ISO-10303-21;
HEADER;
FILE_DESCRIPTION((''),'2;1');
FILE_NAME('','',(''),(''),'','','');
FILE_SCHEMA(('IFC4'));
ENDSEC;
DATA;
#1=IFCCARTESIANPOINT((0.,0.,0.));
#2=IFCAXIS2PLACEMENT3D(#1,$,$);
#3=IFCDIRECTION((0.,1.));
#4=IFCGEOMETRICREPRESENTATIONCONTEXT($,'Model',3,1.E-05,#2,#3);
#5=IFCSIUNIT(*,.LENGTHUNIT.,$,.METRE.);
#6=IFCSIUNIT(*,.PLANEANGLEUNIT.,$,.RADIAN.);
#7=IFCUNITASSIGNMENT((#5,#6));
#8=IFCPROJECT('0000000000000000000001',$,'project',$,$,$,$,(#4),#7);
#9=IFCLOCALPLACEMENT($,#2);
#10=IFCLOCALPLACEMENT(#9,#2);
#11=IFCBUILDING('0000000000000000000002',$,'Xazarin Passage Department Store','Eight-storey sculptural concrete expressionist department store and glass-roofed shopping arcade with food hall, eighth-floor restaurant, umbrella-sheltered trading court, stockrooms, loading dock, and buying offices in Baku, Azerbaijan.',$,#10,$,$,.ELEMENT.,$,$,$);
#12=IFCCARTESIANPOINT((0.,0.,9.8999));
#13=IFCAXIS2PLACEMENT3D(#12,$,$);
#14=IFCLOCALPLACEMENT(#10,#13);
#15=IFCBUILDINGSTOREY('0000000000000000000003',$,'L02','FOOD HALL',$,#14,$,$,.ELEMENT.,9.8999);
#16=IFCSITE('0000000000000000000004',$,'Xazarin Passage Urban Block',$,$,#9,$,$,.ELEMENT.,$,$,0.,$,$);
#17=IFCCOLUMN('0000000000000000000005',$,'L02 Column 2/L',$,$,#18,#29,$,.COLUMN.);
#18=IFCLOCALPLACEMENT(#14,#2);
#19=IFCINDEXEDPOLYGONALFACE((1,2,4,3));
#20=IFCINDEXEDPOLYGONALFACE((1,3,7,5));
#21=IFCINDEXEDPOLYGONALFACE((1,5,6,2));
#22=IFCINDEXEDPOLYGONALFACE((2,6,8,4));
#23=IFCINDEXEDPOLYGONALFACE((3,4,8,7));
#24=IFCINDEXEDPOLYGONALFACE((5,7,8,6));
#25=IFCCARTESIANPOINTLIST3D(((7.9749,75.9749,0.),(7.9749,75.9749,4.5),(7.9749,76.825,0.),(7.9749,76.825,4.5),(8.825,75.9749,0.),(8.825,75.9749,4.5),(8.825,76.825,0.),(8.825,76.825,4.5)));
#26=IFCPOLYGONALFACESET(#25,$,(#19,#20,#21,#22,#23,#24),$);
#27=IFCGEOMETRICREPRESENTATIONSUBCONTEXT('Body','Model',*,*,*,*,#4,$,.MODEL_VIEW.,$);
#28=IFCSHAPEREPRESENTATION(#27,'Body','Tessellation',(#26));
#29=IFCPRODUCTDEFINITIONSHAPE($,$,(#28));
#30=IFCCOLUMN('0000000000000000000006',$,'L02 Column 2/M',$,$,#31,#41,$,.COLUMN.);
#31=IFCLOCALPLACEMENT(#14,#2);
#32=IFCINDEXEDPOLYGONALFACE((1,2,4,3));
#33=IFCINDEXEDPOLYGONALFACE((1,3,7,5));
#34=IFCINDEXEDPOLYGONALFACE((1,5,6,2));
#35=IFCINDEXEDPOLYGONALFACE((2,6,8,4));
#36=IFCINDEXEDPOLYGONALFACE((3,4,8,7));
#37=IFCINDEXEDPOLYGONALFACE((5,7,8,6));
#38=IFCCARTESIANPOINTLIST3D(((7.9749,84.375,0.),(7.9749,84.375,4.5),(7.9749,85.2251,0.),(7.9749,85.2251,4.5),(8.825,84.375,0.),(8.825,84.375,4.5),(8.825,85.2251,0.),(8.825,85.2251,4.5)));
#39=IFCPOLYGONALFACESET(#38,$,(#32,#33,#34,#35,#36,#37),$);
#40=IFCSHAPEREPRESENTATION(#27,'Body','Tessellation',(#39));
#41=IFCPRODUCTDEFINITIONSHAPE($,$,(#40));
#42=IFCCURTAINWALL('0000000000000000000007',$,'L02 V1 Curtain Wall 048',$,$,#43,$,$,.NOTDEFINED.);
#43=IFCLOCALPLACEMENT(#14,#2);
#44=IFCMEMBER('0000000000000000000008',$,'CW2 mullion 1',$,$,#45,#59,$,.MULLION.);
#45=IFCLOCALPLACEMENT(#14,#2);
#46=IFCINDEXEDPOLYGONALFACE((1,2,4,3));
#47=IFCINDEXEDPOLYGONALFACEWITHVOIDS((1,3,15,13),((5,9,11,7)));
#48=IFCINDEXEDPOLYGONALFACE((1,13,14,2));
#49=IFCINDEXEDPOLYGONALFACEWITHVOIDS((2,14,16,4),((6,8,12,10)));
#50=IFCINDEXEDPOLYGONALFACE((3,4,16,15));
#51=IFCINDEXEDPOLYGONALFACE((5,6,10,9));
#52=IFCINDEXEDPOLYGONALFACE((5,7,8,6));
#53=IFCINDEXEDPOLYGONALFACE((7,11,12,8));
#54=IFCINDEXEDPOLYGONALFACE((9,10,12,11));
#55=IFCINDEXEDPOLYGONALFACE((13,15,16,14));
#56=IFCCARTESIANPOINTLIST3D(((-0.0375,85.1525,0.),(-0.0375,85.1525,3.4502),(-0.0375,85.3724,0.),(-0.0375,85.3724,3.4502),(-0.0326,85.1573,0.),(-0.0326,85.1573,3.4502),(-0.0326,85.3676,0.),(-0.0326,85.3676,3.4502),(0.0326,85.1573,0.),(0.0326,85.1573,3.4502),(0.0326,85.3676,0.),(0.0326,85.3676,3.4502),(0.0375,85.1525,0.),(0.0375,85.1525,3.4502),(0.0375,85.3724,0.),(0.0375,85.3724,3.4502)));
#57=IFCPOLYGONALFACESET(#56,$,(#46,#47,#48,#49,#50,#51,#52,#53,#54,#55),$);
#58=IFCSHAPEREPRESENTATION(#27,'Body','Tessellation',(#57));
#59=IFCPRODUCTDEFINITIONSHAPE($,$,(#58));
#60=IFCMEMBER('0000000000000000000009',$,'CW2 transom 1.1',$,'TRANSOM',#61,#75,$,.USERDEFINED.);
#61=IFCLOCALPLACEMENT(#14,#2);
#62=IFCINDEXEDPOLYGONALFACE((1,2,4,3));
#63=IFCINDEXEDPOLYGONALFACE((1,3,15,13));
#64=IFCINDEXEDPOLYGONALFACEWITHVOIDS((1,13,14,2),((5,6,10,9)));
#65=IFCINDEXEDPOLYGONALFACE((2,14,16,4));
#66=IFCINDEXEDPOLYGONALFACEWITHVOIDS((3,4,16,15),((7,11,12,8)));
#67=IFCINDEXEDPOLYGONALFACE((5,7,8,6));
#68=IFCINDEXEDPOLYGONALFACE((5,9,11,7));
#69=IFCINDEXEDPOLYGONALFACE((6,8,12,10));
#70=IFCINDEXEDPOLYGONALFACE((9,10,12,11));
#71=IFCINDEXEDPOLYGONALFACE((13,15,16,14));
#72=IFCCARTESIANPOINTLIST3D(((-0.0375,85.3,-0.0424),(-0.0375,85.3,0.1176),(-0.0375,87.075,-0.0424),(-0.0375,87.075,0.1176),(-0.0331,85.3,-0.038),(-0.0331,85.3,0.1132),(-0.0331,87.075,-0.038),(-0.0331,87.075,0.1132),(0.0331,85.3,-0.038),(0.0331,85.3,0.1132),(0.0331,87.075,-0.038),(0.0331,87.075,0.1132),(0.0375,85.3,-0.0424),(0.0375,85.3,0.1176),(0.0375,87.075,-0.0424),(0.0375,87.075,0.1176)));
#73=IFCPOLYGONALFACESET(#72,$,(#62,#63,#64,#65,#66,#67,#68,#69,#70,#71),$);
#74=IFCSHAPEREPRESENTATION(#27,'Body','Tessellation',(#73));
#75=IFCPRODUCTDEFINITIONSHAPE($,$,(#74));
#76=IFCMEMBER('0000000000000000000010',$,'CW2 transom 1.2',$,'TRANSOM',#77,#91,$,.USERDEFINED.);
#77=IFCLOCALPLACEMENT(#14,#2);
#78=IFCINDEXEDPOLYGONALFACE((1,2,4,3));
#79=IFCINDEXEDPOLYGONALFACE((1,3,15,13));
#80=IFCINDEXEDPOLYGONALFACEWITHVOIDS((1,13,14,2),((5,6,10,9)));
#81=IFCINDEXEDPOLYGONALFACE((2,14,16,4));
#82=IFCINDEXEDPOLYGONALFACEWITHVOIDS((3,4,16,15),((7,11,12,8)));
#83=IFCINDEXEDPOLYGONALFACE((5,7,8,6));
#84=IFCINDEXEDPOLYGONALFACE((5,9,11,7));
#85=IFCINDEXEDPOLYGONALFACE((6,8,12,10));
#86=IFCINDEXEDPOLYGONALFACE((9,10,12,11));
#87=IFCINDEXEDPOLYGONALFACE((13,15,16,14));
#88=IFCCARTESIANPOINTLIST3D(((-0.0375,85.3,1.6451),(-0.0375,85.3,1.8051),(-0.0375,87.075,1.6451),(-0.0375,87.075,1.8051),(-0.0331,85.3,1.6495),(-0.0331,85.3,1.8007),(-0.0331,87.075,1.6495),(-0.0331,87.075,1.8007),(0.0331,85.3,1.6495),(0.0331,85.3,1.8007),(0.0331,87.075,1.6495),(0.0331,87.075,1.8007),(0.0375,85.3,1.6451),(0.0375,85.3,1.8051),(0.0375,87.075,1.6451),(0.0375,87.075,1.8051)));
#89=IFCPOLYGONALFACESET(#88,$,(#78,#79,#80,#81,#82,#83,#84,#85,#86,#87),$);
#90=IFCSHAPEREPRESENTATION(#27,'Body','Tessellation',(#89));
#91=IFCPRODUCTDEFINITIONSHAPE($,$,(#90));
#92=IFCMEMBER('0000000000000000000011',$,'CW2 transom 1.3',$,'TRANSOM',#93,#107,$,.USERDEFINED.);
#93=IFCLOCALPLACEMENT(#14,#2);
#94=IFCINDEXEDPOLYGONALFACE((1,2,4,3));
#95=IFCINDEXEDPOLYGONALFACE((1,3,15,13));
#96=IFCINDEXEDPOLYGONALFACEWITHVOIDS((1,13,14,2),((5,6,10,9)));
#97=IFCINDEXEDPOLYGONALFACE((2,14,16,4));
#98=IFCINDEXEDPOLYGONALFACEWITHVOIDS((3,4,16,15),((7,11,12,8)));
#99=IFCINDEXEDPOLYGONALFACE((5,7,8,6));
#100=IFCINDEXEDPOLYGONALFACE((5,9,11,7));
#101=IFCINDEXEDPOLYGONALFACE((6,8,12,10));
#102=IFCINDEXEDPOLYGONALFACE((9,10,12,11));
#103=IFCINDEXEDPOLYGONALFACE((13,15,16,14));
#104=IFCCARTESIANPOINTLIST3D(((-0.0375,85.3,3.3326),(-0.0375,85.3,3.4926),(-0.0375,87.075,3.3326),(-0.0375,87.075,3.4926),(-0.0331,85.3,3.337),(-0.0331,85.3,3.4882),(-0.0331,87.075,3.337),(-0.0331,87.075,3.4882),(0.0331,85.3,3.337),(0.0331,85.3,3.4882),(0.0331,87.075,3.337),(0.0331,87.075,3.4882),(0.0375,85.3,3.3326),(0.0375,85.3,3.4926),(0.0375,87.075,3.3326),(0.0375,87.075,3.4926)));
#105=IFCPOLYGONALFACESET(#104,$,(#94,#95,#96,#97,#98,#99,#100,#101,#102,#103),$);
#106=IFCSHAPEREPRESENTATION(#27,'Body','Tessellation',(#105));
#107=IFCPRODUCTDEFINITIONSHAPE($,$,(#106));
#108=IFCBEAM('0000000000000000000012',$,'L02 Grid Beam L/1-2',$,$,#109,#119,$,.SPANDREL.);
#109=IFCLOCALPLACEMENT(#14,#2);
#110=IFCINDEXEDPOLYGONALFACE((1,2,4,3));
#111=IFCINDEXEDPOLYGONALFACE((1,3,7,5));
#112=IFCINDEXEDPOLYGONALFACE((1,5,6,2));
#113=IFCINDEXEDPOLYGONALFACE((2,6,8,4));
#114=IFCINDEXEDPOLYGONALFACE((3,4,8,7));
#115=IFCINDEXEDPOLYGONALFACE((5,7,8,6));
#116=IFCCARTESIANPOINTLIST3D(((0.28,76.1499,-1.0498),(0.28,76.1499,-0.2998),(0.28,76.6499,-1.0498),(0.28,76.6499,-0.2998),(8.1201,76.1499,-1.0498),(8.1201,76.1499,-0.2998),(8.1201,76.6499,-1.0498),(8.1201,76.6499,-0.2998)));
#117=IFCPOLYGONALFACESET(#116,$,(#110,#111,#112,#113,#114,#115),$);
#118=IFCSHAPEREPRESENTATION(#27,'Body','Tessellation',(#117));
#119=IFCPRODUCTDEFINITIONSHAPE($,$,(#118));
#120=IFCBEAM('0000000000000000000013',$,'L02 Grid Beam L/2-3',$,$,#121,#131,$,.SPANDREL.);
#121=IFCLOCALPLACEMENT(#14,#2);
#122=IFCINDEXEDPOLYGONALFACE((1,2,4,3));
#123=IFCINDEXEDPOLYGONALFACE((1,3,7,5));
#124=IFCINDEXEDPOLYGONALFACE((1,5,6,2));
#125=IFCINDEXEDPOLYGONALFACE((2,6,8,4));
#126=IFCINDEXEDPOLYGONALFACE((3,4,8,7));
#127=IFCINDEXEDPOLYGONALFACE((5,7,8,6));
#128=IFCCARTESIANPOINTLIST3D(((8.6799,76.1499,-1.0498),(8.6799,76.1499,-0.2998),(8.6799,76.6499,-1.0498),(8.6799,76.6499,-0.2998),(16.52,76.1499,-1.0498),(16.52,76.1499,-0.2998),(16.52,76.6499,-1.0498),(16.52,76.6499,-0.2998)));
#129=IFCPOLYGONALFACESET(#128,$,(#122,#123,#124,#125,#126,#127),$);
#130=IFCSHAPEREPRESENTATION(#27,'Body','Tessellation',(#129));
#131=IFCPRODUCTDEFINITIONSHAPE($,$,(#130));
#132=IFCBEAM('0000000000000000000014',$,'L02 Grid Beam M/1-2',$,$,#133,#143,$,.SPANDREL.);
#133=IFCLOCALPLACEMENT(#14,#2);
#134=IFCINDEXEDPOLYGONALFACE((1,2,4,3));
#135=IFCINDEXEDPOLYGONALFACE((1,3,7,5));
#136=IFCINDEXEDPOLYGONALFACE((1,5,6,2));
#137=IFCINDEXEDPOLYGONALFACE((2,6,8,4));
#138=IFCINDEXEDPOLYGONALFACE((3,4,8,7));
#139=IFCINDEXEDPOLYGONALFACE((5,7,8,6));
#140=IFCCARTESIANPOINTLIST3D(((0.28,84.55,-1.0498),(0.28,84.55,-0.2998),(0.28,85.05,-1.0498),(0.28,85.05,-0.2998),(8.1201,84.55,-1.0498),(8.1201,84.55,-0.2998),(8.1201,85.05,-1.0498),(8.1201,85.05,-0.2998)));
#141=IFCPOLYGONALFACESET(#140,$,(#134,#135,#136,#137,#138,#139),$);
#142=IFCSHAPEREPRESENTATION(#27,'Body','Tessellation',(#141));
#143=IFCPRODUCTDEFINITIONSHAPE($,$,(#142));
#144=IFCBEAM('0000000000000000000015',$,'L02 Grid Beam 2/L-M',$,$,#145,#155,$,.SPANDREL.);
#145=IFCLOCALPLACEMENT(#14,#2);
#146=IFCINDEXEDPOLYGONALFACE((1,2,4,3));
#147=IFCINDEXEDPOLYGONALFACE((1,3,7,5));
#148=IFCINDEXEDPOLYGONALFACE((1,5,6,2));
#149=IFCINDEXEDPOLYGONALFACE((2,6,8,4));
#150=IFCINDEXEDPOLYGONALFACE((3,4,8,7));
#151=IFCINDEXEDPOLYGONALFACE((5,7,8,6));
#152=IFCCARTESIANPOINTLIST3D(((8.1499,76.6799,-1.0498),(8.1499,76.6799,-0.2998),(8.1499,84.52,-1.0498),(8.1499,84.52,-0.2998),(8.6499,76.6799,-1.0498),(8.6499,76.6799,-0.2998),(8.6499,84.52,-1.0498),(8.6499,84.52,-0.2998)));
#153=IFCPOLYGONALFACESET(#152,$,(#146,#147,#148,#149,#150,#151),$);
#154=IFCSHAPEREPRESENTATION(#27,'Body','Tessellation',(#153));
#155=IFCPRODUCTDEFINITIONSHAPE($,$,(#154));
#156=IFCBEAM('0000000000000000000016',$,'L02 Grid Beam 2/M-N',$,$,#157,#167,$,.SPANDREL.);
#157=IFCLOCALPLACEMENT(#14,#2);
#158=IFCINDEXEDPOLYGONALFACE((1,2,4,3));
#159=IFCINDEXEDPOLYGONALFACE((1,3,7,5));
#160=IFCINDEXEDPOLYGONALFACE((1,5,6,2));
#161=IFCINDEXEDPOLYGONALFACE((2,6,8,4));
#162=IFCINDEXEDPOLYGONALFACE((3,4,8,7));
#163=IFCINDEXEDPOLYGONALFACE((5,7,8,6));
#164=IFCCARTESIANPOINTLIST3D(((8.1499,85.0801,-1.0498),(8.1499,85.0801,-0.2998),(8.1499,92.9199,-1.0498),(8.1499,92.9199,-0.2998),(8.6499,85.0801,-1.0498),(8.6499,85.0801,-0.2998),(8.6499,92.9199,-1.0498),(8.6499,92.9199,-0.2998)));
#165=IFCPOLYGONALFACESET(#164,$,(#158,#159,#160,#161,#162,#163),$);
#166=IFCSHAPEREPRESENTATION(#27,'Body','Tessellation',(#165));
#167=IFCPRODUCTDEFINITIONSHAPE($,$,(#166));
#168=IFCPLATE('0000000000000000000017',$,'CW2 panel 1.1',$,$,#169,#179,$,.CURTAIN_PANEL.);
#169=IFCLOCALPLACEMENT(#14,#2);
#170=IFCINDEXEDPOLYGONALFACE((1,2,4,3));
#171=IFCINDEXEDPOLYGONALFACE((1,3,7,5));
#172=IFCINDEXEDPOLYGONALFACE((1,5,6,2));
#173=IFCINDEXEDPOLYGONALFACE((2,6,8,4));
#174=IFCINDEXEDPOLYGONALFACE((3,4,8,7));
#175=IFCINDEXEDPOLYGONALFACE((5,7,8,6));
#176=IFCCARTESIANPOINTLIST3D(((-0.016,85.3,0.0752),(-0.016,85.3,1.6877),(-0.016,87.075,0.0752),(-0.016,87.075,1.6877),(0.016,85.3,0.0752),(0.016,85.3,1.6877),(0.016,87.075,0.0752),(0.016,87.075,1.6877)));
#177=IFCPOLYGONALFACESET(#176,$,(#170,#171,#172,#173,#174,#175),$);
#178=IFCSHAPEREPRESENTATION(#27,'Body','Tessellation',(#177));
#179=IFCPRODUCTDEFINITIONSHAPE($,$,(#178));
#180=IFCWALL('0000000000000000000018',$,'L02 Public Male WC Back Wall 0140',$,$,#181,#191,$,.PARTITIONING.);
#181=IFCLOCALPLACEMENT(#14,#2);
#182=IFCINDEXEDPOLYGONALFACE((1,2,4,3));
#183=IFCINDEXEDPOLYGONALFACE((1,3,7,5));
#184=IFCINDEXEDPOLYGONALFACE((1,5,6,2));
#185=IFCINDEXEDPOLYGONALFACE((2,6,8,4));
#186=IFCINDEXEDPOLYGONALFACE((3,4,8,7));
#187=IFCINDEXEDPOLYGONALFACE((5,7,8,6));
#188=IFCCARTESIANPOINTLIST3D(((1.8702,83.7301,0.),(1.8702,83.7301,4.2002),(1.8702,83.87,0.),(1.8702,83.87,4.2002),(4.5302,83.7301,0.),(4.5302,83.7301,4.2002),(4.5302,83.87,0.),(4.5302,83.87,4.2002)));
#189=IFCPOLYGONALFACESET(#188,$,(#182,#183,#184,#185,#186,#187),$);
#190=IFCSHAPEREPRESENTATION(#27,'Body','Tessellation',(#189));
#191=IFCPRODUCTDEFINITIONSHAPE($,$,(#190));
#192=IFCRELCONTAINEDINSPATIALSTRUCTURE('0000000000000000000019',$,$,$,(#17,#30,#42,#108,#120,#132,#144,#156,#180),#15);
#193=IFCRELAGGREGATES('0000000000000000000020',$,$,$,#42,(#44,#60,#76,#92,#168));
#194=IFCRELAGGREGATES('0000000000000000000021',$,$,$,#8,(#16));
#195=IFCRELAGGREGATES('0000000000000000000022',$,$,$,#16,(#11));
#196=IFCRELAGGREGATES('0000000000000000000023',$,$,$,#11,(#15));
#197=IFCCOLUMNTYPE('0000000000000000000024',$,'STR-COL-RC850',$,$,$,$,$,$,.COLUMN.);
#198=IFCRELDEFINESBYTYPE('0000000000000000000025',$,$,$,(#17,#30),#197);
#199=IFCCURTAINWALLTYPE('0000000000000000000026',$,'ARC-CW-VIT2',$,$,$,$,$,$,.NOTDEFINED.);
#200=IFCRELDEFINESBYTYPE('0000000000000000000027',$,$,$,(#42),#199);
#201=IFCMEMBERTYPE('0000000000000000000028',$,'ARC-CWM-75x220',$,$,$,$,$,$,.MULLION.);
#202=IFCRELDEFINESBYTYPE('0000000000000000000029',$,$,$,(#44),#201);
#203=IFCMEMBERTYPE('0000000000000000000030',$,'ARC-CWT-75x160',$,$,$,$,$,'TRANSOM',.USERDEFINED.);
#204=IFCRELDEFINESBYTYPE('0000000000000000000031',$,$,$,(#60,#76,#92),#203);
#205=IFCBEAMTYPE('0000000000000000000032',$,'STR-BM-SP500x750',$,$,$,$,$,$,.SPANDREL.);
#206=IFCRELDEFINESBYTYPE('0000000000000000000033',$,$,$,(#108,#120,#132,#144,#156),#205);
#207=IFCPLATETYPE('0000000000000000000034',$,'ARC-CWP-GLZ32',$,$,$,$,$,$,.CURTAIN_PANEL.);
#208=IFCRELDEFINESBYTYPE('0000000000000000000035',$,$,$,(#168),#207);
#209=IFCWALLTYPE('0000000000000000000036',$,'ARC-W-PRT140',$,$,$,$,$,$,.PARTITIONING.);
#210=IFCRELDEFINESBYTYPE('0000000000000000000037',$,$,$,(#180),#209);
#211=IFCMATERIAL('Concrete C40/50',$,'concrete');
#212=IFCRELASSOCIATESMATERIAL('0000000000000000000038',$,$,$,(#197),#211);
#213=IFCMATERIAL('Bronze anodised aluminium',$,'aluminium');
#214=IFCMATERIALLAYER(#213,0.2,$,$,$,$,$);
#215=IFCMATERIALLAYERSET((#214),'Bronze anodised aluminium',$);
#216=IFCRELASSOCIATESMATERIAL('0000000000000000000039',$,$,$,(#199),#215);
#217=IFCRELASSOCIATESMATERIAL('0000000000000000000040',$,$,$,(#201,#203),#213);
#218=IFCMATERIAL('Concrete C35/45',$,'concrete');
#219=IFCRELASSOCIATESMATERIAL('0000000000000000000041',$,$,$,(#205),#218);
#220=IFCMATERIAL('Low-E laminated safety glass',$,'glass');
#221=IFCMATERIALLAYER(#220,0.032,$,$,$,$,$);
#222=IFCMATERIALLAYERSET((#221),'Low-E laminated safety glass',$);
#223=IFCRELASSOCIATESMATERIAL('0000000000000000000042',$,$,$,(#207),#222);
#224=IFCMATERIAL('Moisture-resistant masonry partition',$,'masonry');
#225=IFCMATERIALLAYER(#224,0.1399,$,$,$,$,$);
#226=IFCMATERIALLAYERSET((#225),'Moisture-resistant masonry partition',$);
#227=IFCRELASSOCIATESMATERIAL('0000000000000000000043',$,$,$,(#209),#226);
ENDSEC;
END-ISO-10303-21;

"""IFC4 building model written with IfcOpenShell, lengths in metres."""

from ifc_helpers import new_model, si_unit, direction, frame, frame_2d, origin, origin_2d, place, context, subcontext, project, spatial, rectangle, hollow_rectangle, extrude, material, layer, layer_set, material_profile, profile_set, type_object, element, aggregate, save


model = new_model("IFC4")

# Units and contexts
model_context = context("Model", 3, precision=1e-05, world=origin(), true_north=direction((0.0, 1.0)))
body_context = subcontext(model_context, "Body", "Model", "MODEL_VIEW")
ifc_project = project(units=[si_unit("LENGTHUNIT", "METRE"), si_unit("PLANEANGLEUNIT", "RADIAN")], contexts=[model_context])

# Site, building, storey
site_placement = place(None, origin())
site = spatial("IfcSite", under=ifc_project, at=site_placement, Name="Xazarin Passage Urban Block", CompositionType="ELEMENT", RefElevation=0.0)
building_placement = place(site_placement, origin())
building = spatial("IfcBuilding", under=site, at=building_placement, Name="Xazarin Passage Department Store", Description="Eight-storey sculptural concrete expressionist department store and glass-roofed shopping arcade with food hall, eighth-floor restaurant, umbrella-sheltered trading court, stockrooms, loading dock, and buying offices in Baku, Azerbaijan.", CompositionType="ELEMENT")
storey_placement = place(building_placement, frame((0.0, 0.0, 9.8999)))
storey = spatial("IfcBuildingStorey", under=building, at=storey_placement, Name="L02", Description="FOOD HALL", CompositionType="ELEMENT", Elevation=9.8999)

# Columns
ifc_material_1 = material(Name="Concrete C40/50", Category="concrete")
ifc_material_profile_1 = material_profile(ifc_material_1, rectangle(XDim=0.8501, YDim=0.8501, at=origin_2d()), Name="RC 850x850")
ifc_profile_set_1 = profile_set([ifc_material_profile_1], Name="Concrete C40/50")
column_type = type_object("IfcColumnType", Name="STR-COL-RC850", PredefinedType="COLUMN", material=ifc_profile_set_1)
for number, where, z_axis, x_axis, name in (
    (1, (8.3999, 76.3999, 0.0), (0.0, 0.0, 1.0), (1.0, 0.0, 0.0), "L02 Column 2/L"),
    (2, (8.3999, 84.8, 0.0), (0.0, 0.0, 1.0), (1.0, 0.0, 0.0), "L02 Column 2/M"),
):
    element("IfcColumn", number, at=place(storey_placement, frame(where, z_axis=z_axis, x_axis=x_axis)), inside=storey, type_object=column_type, Name=name, PredefinedType="COLUMN", context=body_context, shape_type="SweptSolid", body=[
        extrude(rectangle(XDim=0.8501, YDim=0.8501, at=origin_2d()), origin(), (0.0, 0.0, 1.0), 4.5),
    ])

# Curtain wall, members
ifc_material_2 = material(Name="Bronze anodised aluminium", Category="aluminium")
ifc_layer_1 = layer(ifc_material_2, 0.2)
ifc_layer_set_1 = layer_set([ifc_layer_1], Name="Bronze anodised aluminium")
curtain_wall_type = type_object("IfcCurtainWallType", Name="ARC-CW-VIT2", PredefinedType="NOTDEFINED", material=ifc_layer_set_1)
curtain_wall_placement = place(storey_placement, origin())
curtain_wall = element("IfcCurtainWall", 3, at=curtain_wall_placement, inside=storey, type_object=curtain_wall_type, Name="L02 V1 Curtain Wall 048", PredefinedType="NOTDEFINED")
ifc_material_profile_2 = material_profile(ifc_material_2, hollow_rectangle(XDim=0.075, YDim=0.22, WallThickness=0.0049, at=origin_2d()), Name="ALU 75x220")
ifc_profile_set_2 = profile_set([ifc_material_profile_2], Name="Bronze anodised aluminium")
member_type_1 = type_object("IfcMemberType", Name="ARC-CWM-75x220", PredefinedType="MULLION", material=ifc_profile_set_2)
member_1_placement = place(storey_placement, frame((0.0, 85.2625, 0.0), z_axis=(0.0, 0.0, 1.0), x_axis=(-1.0, 0.0, 0.0)))
member_1 = element("IfcMember", 4, at=member_1_placement, type_object=member_type_1, Name="CW2 mullion 1", PredefinedType="MULLION", context=body_context, shape_type="SweptSolid", body=[
    extrude(hollow_rectangle(XDim=0.075, YDim=0.22, WallThickness=0.0049, at=origin_2d()), origin(), (0.0, 0.0, 1.0), 3.4502),
])
ifc_material_profile_3 = material_profile(ifc_material_2, hollow_rectangle(XDim=0.075, YDim=0.1599, WallThickness=0.0044, at=origin_2d()), Name="ALU 75x160")
ifc_profile_set_3 = profile_set([ifc_material_profile_3], Name="Bronze anodised aluminium")
member_type_2 = type_object("IfcMemberType", Name="ARC-CWT-75x160", ElementType="TRANSOM", PredefinedType="USERDEFINED", material=ifc_profile_set_3)
member_2_placement = place(storey_placement, frame((0.0, 85.3, 0.0376), z_axis=(0.0, 1.0, 0.0), x_axis=(-1.0, 0.0, 0.0)))
member_2 = element("IfcMember", 5, at=member_2_placement, type_object=member_type_2, Name="CW2 transom 1.1", ObjectType="TRANSOM", PredefinedType="USERDEFINED", context=body_context, shape_type="SweptSolid", body=[
    extrude(hollow_rectangle(XDim=0.075, YDim=0.1599, WallThickness=0.0044, at=origin_2d()), origin(), (0.0, 0.0, 1.0), 1.7749),
])
member_3_placement = place(storey_placement, frame((0.0, 85.3, 1.7251), z_axis=(0.0, 1.0, 0.0), x_axis=(-1.0, 0.0, 0.0)))
member_3 = element("IfcMember", 6, at=member_3_placement, type_object=member_type_2, Name="CW2 transom 1.2", ObjectType="TRANSOM", PredefinedType="USERDEFINED", context=body_context, shape_type="SweptSolid", body=[
    extrude(hollow_rectangle(XDim=0.075, YDim=0.1599, WallThickness=0.0044, at=origin_2d()), origin(), (0.0, 0.0, 1.0), 1.7749),
])
member_4_placement = place(storey_placement, frame((0.0, 85.3, 3.4126), z_axis=(0.0, 1.0, 0.0), x_axis=(-1.0, 0.0, 0.0)))
member_4 = element("IfcMember", 7, at=member_4_placement, type_object=member_type_2, Name="CW2 transom 1.3", ObjectType="TRANSOM", PredefinedType="USERDEFINED", context=body_context, shape_type="SweptSolid", body=[
    extrude(hollow_rectangle(XDim=0.075, YDim=0.1599, WallThickness=0.0044, at=origin_2d()), origin(), (0.0, 0.0, 1.0), 1.7749),
])

# Beams
ifc_material_3 = material(Name="Concrete C35/45", Category="concrete")
ifc_material_profile_4 = material_profile(ifc_material_3, rectangle(XDim=0.5, YDim=0.75, at=origin_2d()), Name="RC 500x750")
ifc_profile_set_4 = profile_set([ifc_material_profile_4], Name="Concrete C35/45")
beam_type = type_object("IfcBeamType", Name="STR-BM-SP500x750", PredefinedType="SPANDREL", material=ifc_profile_set_4)
for number, where, z_axis, x_axis, name in (
    (8, (0.28, 76.3999, -0.6748), (1.0, 0.0, 0.0), (0.0, 1.0, 0.0), "L02 Grid Beam L/1-2"),
    (9, (8.6799, 76.3999, -0.6748), (1.0, 0.0, 0.0), (0.0, 1.0, 0.0), "L02 Grid Beam L/2-3"),
    (10, (0.28, 84.8, -0.6748), (1.0, 0.0, 0.0), (0.0, 1.0, 0.0), "L02 Grid Beam M/1-2"),
    (11, (8.3999, 76.6799, -0.6748), (0.0, 1.0, 0.0), (-1.0, 0.0, 0.0), "L02 Grid Beam 2/L-M"),
):
    element("IfcBeam", number, at=place(storey_placement, frame(where, z_axis=z_axis, x_axis=x_axis)), inside=storey, type_object=beam_type, Name=name, PredefinedType="SPANDREL", context=body_context, shape_type="SweptSolid", body=[
        extrude(rectangle(XDim=0.5, YDim=0.75, at=origin_2d()), origin(), (0.0, 0.0, 1.0), 7.8401),
    ])
beam_placement = place(storey_placement, frame((8.3999, 85.0801, -0.6748), z_axis=(0.0, 1.0, 0.0), x_axis=(-1.0, 0.0, 0.0)))
element("IfcBeam", 12, at=beam_placement, inside=storey, type_object=beam_type, Name="L02 Grid Beam 2/M-N", PredefinedType="SPANDREL", context=body_context, shape_type="SweptSolid", body=[
    extrude(rectangle(XDim=0.5, YDim=0.75, at=origin_2d()), origin(), (0.0, 0.0, 1.0), 7.8398),
])

# Plate
ifc_material_4 = material(Name="Low-E laminated safety glass", Category="glass")
ifc_layer_2 = layer(ifc_material_4, 0.032)
ifc_layer_set_2 = layer_set([ifc_layer_2], Name="Low-E laminated safety glass")
plate_type = type_object("IfcPlateType", Name="ARC-CWP-GLZ32", PredefinedType="CURTAIN_PANEL", material=ifc_layer_set_2)
plate_placement = place(storey_placement, frame((0.0, 86.1875, 0.0752), z_axis=(0.0, 0.0, 1.0), x_axis=(0.0, 1.0, 0.0)))
plate = element("IfcPlate", 13, at=plate_placement, type_object=plate_type, Name="CW2 panel 1.1", PredefinedType="CURTAIN_PANEL", context=body_context, shape_type="SweptSolid", body=[
    extrude(rectangle(XDim=1.7749, YDim=0.032, at=origin_2d()), origin(), (0.0, 0.0, 1.0), 1.6125),
])
aggregate(curtain_wall, [member_1, member_2, member_3, member_4, plate])

# Wall
ifc_material_5 = material(Name="Moisture-resistant masonry partition", Category="masonry")
ifc_layer_3 = layer(ifc_material_5, 0.1399)
ifc_layer_set_3 = layer_set([ifc_layer_3], Name="Moisture-resistant masonry partition")
wall_type_1 = type_object("IfcWallType", Name="ARC-W-PRT140", PredefinedType="PARTITIONING", material=ifc_layer_set_3)
wall_1_placement = place(storey_placement, frame((1.8701, 83.8, 0.0), z_axis=(0.0, 0.0, 1.0), x_axis=(1.0, 0.0, 0.0)))
element("IfcWall", 14, at=wall_1_placement, inside=storey, type_object=wall_type_1, Name="L02 Public Male WC Back Wall 0140", PredefinedType="PARTITIONING", context=body_context, shape_type="SweptSolid", body=[
    extrude(rectangle(XDim=2.6599, YDim=0.1399, at=frame_2d((1.3301, 0.0))), origin(), (0.0, 0.0, 1.0), 4.2002),
])

save(model, "model.ifc")
